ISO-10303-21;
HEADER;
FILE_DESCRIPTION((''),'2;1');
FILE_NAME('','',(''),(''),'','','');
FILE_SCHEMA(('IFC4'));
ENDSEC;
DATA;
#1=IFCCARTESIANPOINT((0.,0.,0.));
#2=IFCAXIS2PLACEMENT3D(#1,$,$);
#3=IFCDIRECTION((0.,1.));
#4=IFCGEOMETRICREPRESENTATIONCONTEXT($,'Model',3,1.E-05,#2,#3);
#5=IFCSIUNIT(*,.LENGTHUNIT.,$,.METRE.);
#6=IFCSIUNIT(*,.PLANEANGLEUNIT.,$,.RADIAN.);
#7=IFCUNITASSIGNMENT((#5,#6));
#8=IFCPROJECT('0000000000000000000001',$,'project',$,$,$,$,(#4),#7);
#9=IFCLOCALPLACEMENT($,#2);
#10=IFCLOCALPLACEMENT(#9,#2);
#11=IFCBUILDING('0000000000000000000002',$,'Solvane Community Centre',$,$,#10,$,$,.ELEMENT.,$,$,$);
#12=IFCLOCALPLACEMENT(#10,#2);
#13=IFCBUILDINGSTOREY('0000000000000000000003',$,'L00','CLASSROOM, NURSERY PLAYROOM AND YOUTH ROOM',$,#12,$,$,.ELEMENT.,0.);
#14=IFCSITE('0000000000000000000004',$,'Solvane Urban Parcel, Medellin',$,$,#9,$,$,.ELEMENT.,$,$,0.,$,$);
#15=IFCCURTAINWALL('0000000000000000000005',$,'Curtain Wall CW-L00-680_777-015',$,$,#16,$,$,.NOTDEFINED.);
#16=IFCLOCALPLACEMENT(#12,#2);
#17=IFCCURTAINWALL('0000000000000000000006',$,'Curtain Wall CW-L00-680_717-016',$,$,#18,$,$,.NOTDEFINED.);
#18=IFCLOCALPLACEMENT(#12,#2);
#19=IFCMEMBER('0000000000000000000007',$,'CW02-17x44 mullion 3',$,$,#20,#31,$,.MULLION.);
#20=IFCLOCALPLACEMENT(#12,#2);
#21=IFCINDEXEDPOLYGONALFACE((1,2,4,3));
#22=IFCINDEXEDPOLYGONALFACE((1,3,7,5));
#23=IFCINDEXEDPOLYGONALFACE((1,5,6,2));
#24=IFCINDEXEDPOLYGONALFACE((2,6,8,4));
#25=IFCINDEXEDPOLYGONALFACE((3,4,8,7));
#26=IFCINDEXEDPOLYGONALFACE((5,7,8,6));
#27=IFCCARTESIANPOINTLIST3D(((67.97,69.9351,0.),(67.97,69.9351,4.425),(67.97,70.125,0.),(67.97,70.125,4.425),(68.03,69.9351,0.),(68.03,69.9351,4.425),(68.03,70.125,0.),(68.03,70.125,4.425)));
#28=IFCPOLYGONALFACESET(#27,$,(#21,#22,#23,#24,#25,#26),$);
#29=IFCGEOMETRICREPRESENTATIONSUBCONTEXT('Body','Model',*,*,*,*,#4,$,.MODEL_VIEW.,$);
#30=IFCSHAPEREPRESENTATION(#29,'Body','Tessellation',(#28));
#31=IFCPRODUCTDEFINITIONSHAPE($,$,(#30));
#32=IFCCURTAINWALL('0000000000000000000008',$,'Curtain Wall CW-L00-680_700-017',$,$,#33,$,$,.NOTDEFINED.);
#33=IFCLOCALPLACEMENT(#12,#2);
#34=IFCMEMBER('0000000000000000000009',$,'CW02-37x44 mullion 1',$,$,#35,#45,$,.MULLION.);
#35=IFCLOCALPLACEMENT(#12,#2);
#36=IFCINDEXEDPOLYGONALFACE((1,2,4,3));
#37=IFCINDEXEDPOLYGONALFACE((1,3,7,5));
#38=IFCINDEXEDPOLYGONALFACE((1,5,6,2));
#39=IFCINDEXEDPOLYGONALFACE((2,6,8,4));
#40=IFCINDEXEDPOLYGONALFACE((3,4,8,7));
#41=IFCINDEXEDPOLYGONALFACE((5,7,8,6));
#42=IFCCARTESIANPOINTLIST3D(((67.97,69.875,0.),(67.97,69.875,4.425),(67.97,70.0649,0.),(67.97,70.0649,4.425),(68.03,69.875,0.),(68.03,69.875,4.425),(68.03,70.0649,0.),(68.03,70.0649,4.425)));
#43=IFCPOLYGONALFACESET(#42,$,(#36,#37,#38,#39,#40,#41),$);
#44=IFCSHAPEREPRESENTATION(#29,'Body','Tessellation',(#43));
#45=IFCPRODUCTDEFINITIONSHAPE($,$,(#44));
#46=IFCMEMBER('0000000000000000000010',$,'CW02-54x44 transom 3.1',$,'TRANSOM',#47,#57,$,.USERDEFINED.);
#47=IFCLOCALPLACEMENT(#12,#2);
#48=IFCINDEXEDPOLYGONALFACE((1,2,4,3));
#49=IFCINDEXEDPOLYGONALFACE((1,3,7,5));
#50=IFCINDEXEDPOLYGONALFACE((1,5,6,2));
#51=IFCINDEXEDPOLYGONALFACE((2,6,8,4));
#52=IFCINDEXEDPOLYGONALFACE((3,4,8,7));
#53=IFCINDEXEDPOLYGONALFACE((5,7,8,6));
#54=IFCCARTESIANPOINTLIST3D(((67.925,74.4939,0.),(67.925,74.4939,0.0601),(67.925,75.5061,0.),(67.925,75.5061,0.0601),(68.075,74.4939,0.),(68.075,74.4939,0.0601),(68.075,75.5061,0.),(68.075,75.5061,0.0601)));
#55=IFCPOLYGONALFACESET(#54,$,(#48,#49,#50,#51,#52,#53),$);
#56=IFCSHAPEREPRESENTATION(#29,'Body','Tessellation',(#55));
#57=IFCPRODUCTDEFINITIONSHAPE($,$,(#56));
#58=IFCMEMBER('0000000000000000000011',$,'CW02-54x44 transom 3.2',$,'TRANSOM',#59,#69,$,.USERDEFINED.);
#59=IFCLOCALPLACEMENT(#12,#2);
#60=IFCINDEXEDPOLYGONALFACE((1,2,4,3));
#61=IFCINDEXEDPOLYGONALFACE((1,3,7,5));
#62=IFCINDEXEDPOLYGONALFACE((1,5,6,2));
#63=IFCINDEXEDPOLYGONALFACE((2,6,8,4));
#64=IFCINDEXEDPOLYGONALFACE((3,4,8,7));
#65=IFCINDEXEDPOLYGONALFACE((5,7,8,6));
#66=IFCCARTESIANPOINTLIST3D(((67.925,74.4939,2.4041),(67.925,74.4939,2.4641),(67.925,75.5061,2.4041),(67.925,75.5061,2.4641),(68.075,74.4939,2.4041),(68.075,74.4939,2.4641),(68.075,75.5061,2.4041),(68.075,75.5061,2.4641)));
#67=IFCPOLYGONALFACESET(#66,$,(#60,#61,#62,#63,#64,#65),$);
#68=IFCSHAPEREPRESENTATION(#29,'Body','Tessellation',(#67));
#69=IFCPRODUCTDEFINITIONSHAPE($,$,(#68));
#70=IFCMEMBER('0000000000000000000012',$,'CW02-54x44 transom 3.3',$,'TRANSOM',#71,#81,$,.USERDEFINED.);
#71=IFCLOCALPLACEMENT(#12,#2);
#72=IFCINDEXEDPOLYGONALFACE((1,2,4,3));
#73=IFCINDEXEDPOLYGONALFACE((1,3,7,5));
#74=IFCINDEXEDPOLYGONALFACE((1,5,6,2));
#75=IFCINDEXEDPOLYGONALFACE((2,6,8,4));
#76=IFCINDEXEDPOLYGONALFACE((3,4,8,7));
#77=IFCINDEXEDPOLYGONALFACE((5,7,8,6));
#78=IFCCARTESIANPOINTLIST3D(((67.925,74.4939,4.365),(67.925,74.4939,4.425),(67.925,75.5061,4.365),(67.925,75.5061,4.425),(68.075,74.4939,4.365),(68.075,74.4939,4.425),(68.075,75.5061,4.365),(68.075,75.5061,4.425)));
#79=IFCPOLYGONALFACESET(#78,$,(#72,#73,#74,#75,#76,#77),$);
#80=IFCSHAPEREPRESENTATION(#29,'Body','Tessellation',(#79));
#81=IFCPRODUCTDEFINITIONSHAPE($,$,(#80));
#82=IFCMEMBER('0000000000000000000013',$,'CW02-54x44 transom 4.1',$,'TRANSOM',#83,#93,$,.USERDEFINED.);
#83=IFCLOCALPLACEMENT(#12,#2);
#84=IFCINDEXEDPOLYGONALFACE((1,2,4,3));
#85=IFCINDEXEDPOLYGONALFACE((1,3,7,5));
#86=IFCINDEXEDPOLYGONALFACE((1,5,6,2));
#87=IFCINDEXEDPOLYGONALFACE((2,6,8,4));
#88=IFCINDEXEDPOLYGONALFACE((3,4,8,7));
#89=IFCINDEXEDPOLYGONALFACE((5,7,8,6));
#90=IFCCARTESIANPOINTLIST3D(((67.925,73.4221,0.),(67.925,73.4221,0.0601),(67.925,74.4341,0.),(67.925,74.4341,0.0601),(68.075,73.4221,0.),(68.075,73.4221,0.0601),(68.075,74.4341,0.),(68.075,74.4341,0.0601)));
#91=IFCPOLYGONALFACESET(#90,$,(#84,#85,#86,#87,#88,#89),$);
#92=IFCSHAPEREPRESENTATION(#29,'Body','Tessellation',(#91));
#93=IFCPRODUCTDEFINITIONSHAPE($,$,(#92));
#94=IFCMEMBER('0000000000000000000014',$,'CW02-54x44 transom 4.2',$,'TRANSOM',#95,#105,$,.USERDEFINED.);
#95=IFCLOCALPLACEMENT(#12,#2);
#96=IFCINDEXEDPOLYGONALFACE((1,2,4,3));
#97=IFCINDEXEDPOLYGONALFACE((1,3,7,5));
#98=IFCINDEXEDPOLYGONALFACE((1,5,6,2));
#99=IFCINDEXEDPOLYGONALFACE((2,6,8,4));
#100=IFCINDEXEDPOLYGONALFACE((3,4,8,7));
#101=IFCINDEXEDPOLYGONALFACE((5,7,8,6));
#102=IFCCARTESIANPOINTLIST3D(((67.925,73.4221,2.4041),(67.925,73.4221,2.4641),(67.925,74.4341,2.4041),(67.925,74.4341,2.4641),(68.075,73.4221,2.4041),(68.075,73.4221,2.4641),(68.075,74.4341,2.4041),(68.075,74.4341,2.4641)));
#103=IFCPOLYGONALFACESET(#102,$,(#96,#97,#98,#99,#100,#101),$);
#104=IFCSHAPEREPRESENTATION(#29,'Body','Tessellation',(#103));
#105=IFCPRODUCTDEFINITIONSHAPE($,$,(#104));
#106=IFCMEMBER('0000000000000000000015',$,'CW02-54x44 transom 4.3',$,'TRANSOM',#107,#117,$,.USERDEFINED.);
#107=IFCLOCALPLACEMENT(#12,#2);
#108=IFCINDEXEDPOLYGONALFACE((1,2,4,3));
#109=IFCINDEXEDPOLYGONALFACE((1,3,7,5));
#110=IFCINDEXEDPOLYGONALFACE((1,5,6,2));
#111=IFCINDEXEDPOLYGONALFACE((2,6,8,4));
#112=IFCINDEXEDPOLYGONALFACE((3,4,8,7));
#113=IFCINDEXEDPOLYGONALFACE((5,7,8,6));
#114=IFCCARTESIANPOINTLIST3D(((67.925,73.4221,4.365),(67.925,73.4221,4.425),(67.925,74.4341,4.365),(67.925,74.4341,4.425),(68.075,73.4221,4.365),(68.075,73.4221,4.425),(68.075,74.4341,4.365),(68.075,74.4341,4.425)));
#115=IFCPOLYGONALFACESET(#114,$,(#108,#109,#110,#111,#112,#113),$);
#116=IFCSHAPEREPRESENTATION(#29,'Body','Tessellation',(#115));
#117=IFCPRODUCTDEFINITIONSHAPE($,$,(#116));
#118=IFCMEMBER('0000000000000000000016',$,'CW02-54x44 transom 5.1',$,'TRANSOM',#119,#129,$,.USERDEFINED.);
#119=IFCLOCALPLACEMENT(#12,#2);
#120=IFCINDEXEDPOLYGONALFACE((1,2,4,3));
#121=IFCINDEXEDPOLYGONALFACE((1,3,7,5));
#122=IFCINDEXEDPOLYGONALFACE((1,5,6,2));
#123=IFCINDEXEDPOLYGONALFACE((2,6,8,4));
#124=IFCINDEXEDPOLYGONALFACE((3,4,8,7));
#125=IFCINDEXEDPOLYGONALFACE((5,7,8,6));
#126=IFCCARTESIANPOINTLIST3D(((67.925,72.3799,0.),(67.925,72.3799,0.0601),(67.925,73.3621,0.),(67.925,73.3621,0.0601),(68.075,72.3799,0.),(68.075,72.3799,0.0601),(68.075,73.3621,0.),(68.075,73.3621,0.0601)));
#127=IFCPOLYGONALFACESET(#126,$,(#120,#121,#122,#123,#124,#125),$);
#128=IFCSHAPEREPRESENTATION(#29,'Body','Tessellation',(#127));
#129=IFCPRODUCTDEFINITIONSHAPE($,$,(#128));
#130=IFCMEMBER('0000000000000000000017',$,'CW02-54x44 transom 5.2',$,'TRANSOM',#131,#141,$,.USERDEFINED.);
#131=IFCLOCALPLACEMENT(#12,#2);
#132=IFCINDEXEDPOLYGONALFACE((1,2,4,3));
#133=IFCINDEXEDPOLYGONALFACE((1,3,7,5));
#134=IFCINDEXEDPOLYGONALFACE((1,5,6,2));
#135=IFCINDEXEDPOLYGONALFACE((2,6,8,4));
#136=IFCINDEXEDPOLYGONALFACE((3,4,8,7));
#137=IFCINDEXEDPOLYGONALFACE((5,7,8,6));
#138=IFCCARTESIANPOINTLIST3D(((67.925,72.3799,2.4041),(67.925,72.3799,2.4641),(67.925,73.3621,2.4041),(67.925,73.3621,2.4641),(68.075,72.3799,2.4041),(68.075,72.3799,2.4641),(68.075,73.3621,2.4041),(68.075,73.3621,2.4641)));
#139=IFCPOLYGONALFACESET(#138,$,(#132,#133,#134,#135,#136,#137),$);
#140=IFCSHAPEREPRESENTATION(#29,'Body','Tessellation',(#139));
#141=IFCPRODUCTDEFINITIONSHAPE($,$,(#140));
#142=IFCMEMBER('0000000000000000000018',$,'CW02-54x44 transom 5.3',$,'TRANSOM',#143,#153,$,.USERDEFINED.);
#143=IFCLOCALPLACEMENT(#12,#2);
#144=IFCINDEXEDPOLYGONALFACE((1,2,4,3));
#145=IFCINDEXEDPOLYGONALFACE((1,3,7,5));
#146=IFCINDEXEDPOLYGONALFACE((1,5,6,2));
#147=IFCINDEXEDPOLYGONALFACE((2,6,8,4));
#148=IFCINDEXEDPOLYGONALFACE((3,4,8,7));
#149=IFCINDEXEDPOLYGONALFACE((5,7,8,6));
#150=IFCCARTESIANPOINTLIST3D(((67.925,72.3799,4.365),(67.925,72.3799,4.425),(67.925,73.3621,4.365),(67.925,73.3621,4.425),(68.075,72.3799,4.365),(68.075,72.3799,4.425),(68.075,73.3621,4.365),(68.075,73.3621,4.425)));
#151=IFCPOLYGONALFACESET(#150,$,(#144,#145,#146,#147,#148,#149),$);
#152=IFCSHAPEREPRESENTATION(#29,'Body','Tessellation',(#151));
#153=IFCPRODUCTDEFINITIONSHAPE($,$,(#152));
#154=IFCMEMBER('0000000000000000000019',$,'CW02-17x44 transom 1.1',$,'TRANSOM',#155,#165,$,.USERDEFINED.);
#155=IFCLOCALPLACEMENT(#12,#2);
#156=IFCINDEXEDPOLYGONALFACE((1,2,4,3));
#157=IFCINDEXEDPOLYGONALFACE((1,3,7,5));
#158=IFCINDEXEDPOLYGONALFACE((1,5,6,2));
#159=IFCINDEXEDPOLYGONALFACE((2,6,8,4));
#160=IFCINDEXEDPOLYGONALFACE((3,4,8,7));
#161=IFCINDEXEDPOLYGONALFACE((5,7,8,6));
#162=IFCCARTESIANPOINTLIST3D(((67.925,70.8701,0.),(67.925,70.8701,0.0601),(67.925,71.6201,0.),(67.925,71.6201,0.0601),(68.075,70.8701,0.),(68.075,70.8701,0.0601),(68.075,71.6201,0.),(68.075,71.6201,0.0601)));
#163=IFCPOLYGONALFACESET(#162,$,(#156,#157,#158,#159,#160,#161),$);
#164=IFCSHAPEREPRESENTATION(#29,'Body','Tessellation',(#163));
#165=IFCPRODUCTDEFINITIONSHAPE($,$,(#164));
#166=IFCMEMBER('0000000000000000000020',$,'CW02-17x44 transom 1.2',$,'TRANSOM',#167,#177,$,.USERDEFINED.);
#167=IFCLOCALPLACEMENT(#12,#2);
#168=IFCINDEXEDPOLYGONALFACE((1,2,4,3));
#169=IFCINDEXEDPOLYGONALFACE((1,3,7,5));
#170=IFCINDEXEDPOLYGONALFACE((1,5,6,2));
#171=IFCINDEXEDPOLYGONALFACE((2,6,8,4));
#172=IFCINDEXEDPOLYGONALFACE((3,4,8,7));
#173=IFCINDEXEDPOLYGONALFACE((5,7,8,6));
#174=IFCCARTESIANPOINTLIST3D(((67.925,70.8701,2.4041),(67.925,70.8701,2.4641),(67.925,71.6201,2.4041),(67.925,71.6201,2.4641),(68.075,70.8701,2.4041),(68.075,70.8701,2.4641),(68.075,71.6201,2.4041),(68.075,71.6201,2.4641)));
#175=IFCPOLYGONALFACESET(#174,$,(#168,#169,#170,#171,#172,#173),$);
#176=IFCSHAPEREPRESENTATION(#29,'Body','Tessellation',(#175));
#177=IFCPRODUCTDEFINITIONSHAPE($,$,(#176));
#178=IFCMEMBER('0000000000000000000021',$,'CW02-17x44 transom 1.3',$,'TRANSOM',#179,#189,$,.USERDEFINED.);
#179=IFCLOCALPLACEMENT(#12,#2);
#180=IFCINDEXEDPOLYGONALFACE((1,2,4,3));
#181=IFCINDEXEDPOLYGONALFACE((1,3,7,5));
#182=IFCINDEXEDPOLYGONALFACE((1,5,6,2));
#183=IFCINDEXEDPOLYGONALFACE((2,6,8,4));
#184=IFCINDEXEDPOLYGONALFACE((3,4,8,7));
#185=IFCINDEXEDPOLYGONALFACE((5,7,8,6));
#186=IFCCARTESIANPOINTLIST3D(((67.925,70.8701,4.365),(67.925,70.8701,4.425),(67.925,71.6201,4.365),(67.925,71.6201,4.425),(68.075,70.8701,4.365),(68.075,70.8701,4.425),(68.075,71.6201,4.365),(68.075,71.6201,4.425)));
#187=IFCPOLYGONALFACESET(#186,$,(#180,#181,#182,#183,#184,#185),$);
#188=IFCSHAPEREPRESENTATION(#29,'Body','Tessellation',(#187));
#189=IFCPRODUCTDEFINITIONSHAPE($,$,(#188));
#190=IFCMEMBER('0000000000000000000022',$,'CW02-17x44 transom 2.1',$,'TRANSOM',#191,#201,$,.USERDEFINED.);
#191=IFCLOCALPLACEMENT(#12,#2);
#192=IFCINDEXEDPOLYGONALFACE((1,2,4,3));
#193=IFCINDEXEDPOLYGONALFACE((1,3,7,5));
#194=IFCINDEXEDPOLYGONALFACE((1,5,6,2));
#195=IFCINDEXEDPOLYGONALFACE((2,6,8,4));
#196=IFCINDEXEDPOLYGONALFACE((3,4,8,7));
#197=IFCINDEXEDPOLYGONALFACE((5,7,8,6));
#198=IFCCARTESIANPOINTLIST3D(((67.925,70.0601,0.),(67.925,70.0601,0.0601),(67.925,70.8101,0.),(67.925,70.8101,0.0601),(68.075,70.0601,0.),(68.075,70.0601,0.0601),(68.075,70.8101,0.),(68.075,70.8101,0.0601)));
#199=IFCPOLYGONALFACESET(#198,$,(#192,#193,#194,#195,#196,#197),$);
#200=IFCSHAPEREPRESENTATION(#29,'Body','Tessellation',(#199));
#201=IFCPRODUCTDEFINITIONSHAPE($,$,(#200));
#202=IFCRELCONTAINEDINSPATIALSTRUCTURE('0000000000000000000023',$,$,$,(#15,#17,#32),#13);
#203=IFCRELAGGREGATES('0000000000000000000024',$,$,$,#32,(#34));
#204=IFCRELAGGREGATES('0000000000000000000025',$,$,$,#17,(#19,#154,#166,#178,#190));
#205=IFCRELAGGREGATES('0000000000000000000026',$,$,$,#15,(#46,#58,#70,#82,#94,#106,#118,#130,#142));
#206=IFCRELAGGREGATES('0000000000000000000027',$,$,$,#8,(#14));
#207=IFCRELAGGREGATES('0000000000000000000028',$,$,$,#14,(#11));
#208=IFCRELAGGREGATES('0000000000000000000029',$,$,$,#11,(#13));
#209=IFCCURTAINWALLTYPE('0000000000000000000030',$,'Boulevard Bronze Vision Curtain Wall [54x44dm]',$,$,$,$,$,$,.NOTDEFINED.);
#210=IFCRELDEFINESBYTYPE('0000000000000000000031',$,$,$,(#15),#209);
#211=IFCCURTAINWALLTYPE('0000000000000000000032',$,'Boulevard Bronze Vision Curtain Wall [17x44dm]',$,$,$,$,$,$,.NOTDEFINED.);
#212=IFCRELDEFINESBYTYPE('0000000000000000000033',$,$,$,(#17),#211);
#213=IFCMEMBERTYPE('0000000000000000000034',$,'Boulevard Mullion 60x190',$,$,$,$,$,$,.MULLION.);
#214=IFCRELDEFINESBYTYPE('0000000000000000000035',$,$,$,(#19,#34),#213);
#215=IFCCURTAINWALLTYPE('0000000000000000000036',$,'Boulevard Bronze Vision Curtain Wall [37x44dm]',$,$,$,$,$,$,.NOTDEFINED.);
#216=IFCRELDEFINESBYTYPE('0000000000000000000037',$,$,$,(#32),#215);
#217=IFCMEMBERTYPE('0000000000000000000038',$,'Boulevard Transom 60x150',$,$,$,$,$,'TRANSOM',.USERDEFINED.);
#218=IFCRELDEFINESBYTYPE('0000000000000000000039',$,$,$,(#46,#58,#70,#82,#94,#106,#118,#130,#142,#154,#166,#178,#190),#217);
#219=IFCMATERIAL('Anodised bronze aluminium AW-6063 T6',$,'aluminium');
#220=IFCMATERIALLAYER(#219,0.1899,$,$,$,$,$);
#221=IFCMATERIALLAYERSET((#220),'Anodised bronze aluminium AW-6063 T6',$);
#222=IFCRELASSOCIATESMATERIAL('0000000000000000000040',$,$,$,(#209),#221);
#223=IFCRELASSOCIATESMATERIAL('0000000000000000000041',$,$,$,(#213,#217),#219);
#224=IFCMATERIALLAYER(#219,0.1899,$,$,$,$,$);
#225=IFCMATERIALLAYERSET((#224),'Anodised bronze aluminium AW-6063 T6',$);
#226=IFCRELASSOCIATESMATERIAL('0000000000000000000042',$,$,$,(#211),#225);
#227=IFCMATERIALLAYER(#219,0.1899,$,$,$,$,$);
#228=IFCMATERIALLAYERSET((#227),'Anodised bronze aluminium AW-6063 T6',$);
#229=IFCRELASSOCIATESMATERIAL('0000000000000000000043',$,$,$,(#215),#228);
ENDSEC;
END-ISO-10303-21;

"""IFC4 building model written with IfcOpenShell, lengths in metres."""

from ifc_helpers import new_model, si_unit, direction, frame, origin, origin_2d, place, context, subcontext, project, spatial, rectangle, extrude, material, layer, layer_set, material_profile, profile_set, type_object, element, aggregate, save


model = new_model("IFC4")

# Units and contexts
model_context = context("Model", 3, precision=1e-05, world=origin(), true_north=direction((0.0, 1.0)))
body_context = subcontext(model_context, "Body", "Model", "MODEL_VIEW")
ifc_project = project(units=[si_unit("LENGTHUNIT", "METRE"), si_unit("PLANEANGLEUNIT", "RADIAN")], contexts=[model_context])

# Site, building, storey
site_placement = place(None, origin())
site = spatial("IfcSite", under=ifc_project, at=site_placement, Name="Solvane Urban Parcel, Medellin", CompositionType="ELEMENT", RefElevation=0.0)
building_placement = place(site_placement, origin())
building = spatial("IfcBuilding", under=site, at=building_placement, Name="Solvane Community Centre", CompositionType="ELEMENT")
storey_placement = place(building_placement, origin())
storey = spatial("IfcBuildingStorey", under=building, at=storey_placement, Name="L00", Description="CLASSROOM, NURSERY PLAYROOM AND YOUTH ROOM", CompositionType="ELEMENT", Elevation=0.0)

# Curtain walls, member
ifc_material_1 = material(Name="Anodised bronze aluminium AW-6063 T6", Category="aluminium")
ifc_layer_1 = layer(ifc_material_1, 0.1899)
ifc_layer_set_1 = layer_set([ifc_layer_1], Name="Anodised bronze aluminium AW-6063 T6")
curtain_wall_type_1 = type_object("IfcCurtainWallType", Name="Boulevard Bronze Vision Curtain Wall [54x44dm]", PredefinedType="NOTDEFINED", material=ifc_layer_set_1)
curtain_wall_1_placement = place(storey_placement, origin())
curtain_wall_1 = element("IfcCurtainWall", 1, at=curtain_wall_1_placement, inside=storey, type_object=curtain_wall_type_1, Name="Curtain Wall CW-L00-680_777-015", PredefinedType="NOTDEFINED")
ifc_material_profile_1 = material_profile(ifc_material_1, rectangle(XDim=0.0601, YDim=0.1899, at=origin_2d()), Name="CW-M 60x190")
ifc_profile_set_1 = profile_set([ifc_material_profile_1], Name="Anodised bronze aluminium AW-6063 T6")
member_type_1 = type_object("IfcMemberType", Name="Boulevard Mullion 60x190", PredefinedType="MULLION", material=ifc_profile_set_1)
ifc_layer_2 = layer(ifc_material_1, 0.1899)
ifc_layer_set_2 = layer_set([ifc_layer_2], Name="Anodised bronze aluminium AW-6063 T6")
curtain_wall_type_2 = type_object("IfcCurtainWallType", Name="Boulevard Bronze Vision Curtain Wall [17x44dm]", PredefinedType="NOTDEFINED", material=ifc_layer_set_2)
curtain_wall_2_placement = place(storey_placement, origin())
curtain_wall_2 = element("IfcCurtainWall", 2, at=curtain_wall_2_placement, inside=storey, type_object=curtain_wall_type_2, Name="Curtain Wall CW-L00-680_717-016", PredefinedType="NOTDEFINED")
member_1_placement = place(storey_placement, frame((68.0, 70.03, 0.0), z_axis=(0.0, 0.0, 1.0), x_axis=(1.0, 0.0, 0.0)))
member_1 = element("IfcMember", 3, at=member_1_placement, type_object=member_type_1, Name="CW02-17x44 mullion 3", PredefinedType="MULLION", context=body_context, shape_type="SweptSolid", body=[
    extrude(rectangle(XDim=0.0601, YDim=0.1899, at=origin_2d()), origin(), (0.0, 0.0, 1.0), 4.425),
])

# Curtain wall, member
ifc_layer_3 = layer(ifc_material_1, 0.1899)
ifc_layer_set_3 = layer_set([ifc_layer_3], Name="Anodised bronze aluminium AW-6063 T6")
curtain_wall_type_3 = type_object("IfcCurtainWallType", Name="Boulevard Bronze Vision Curtain Wall [37x44dm]", PredefinedType="NOTDEFINED", material=ifc_layer_set_3)
curtain_wall_3_placement = place(storey_placement, origin())
curtain_wall_3 = element("IfcCurtainWall", 4, at=curtain_wall_3_placement, inside=storey, type_object=curtain_wall_type_3, Name="Curtain Wall CW-L00-680_700-017", PredefinedType="NOTDEFINED")
member_2_placement = place(storey_placement, frame((68.0, 69.97, 0.0), z_axis=(0.0, 0.0, 1.0), x_axis=(1.0, 0.0, 0.0)))
member_2 = element("IfcMember", 5, at=member_2_placement, type_object=member_type_1, Name="CW02-37x44 mullion 1", PredefinedType="MULLION", context=body_context, shape_type="SweptSolid", body=[
    extrude(rectangle(XDim=0.0601, YDim=0.1899, at=origin_2d()), origin(), (0.0, 0.0, 1.0), 4.425),
])

# Members
ifc_material_profile_2 = material_profile(ifc_material_1, rectangle(XDim=0.1499, YDim=0.0601, at=origin_2d()), Name="CW-T 60x150")
ifc_profile_set_2 = profile_set([ifc_material_profile_2], Name="Anodised bronze aluminium AW-6063 T6")
member_type_2 = type_object("IfcMemberType", Name="Boulevard Transom 60x150", ElementType="TRANSOM", PredefinedType="USERDEFINED", material=ifc_profile_set_2)
member_3_placement = place(storey_placement, frame((68.0, 75.5061, 0.03), z_axis=(0.0, -1.0, 0.0), x_axis=(1.0, 0.0, 0.0)))
member_3 = element("IfcMember", 6, at=member_3_placement, type_object=member_type_2, Name="CW02-54x44 transom 3.1", ObjectType="TRANSOM", PredefinedType="USERDEFINED", context=body_context, shape_type="SweptSolid", body=[
    extrude(rectangle(XDim=0.1499, YDim=0.0601, at=origin_2d()), origin(), (0.0, 0.0, 1.0), 1.0122),
])
member_4_placement = place(storey_placement, frame((68.0, 75.5061, 2.4341), z_axis=(0.0, -1.0, 0.0), x_axis=(1.0, 0.0, 0.0)))
member_4 = element("IfcMember", 7, at=member_4_placement, type_object=member_type_2, Name="CW02-54x44 transom 3.2", ObjectType="TRANSOM", PredefinedType="USERDEFINED", context=body_context, shape_type="SweptSolid", body=[
    extrude(rectangle(XDim=0.1499, YDim=0.0601, at=origin_2d()), origin(), (0.0, 0.0, 1.0), 1.0122),
])
member_5_placement = place(storey_placement, frame((68.0, 75.5061, 4.395), z_axis=(0.0, -1.0, 0.0), x_axis=(1.0, 0.0, 0.0)))
member_5 = element("IfcMember", 8, at=member_5_placement, type_object=member_type_2, Name="CW02-54x44 transom 3.3", ObjectType="TRANSOM", PredefinedType="USERDEFINED", context=body_context, shape_type="SweptSolid", body=[
    extrude(rectangle(XDim=0.1499, YDim=0.0601, at=origin_2d()), origin(), (0.0, 0.0, 1.0), 1.0122),
])
member_6_placement = place(storey_placement, frame((68.0, 74.4341, 0.03), z_axis=(0.0, -1.0, 0.0), x_axis=(1.0, 0.0, 0.0)))
member_6 = element("IfcMember", 9, at=member_6_placement, type_object=member_type_2, Name="CW02-54x44 transom 4.1", ObjectType="TRANSOM", PredefinedType="USERDEFINED", context=body_context, shape_type="SweptSolid", body=[
    extrude(rectangle(XDim=0.1499, YDim=0.0601, at=origin_2d()), origin(), (0.0, 0.0, 1.0), 1.012),
])
member_7_placement = place(storey_placement, frame((68.0, 74.4341, 2.4341), z_axis=(0.0, -1.0, 0.0), x_axis=(1.0, 0.0, 0.0)))
member_7 = element("IfcMember", 10, at=member_7_placement, type_object=member_type_2, Name="CW02-54x44 transom 4.2", ObjectType="TRANSOM", PredefinedType="USERDEFINED", context=body_context, shape_type="SweptSolid", body=[
    extrude(rectangle(XDim=0.1499, YDim=0.0601, at=origin_2d()), origin(), (0.0, 0.0, 1.0), 1.012),
])
member_8_placement = place(storey_placement, frame((68.0, 74.4341, 4.395), z_axis=(0.0, -1.0, 0.0), x_axis=(1.0, 0.0, 0.0)))
member_8 = element("IfcMember", 11, at=member_8_placement, type_object=member_type_2, Name="CW02-54x44 transom 4.3", ObjectType="TRANSOM", PredefinedType="USERDEFINED", context=body_context, shape_type="SweptSolid", body=[
    extrude(rectangle(XDim=0.1499, YDim=0.0601, at=origin_2d()), origin(), (0.0, 0.0, 1.0), 1.012),
])
member_9_placement = place(storey_placement, frame((68.0, 73.3621, 0.03), z_axis=(0.0, -1.0, 0.0), x_axis=(1.0, 0.0, 0.0)))
member_9 = element("IfcMember", 12, at=member_9_placement, type_object=member_type_2, Name="CW02-54x44 transom 5.1", ObjectType="TRANSOM", PredefinedType="USERDEFINED", context=body_context, shape_type="SweptSolid", body=[
    extrude(rectangle(XDim=0.1499, YDim=0.0601, at=origin_2d()), origin(), (0.0, 0.0, 1.0), 0.9822),
])
member_10_placement = place(storey_placement, frame((68.0, 73.3621, 2.4341), z_axis=(0.0, -1.0, 0.0), x_axis=(1.0, 0.0, 0.0)))
member_10 = element("IfcMember", 13, at=member_10_placement, type_object=member_type_2, Name="CW02-54x44 transom 5.2", ObjectType="TRANSOM", PredefinedType="USERDEFINED", context=body_context, shape_type="SweptSolid", body=[
    extrude(rectangle(XDim=0.1499, YDim=0.0601, at=origin_2d()), origin(), (0.0, 0.0, 1.0), 0.9822),
])
member_11_placement = place(storey_placement, frame((68.0, 73.3621, 4.395), z_axis=(0.0, -1.0, 0.0), x_axis=(1.0, 0.0, 0.0)))
member_11 = element("IfcMember", 14, at=member_11_placement, type_object=member_type_2, Name="CW02-54x44 transom 5.3", ObjectType="TRANSOM", PredefinedType="USERDEFINED", context=body_context, shape_type="SweptSolid", body=[
    extrude(rectangle(XDim=0.1499, YDim=0.0601, at=origin_2d()), origin(), (0.0, 0.0, 1.0), 0.9822),
])
member_12_placement = place(storey_placement, frame((68.0, 71.6201, 0.03), z_axis=(0.0, -1.0, 0.0), x_axis=(1.0, 0.0, 0.0)))
member_12 = element("IfcMember", 15, at=member_12_placement, type_object=member_type_2, Name="CW02-17x44 transom 1.1", ObjectType="TRANSOM", PredefinedType="USERDEFINED", context=body_context, shape_type="SweptSolid", body=[
    extrude(rectangle(XDim=0.1499, YDim=0.0601, at=origin_2d()), origin(), (0.0, 0.0, 1.0), 0.75),
])
member_13_placement = place(storey_placement, frame((68.0, 71.6201, 2.4341), z_axis=(0.0, -1.0, 0.0), x_axis=(1.0, 0.0, 0.0)))
member_13 = element("IfcMember", 16, at=member_13_placement, type_object=member_type_2, Name="CW02-17x44 transom 1.2", ObjectType="TRANSOM", PredefinedType="USERDEFINED", context=body_context, shape_type="SweptSolid", body=[
    extrude(rectangle(XDim=0.1499, YDim=0.0601, at=origin_2d()), origin(), (0.0, 0.0, 1.0), 0.75),
])
member_14_placement = place(storey_placement, frame((68.0, 71.6201, 4.395), z_axis=(0.0, -1.0, 0.0), x_axis=(1.0, 0.0, 0.0)))
member_14 = element("IfcMember", 17, at=member_14_placement, type_object=member_type_2, Name="CW02-17x44 transom 1.3", ObjectType="TRANSOM", PredefinedType="USERDEFINED", context=body_context, shape_type="SweptSolid", body=[
    extrude(rectangle(XDim=0.1499, YDim=0.0601, at=origin_2d()), origin(), (0.0, 0.0, 1.0), 0.75),
])
member_15_placement = place(storey_placement, frame((68.0, 70.8101, 0.03), z_axis=(0.0, -1.0, 0.0), x_axis=(1.0, 0.0, 0.0)))
member_15 = element("IfcMember", 18, at=member_15_placement, type_object=member_type_2, Name="CW02-17x44 transom 2.1", ObjectType="TRANSOM", PredefinedType="USERDEFINED", context=body_context, shape_type="SweptSolid", body=[
    extrude(rectangle(XDim=0.1499, YDim=0.0601, at=origin_2d()), origin(), (0.0, 0.0, 1.0), 0.75),
])
aggregate(curtain_wall_3, [member_2])

aggregate(curtain_wall_2, [member_1, member_12, member_13, member_14, member_15])
aggregate(curtain_wall_1, [member_3, member_4, member_5, member_6, member_7, member_8, member_9, member_10, member_11])

save(model, "model.ifc")
